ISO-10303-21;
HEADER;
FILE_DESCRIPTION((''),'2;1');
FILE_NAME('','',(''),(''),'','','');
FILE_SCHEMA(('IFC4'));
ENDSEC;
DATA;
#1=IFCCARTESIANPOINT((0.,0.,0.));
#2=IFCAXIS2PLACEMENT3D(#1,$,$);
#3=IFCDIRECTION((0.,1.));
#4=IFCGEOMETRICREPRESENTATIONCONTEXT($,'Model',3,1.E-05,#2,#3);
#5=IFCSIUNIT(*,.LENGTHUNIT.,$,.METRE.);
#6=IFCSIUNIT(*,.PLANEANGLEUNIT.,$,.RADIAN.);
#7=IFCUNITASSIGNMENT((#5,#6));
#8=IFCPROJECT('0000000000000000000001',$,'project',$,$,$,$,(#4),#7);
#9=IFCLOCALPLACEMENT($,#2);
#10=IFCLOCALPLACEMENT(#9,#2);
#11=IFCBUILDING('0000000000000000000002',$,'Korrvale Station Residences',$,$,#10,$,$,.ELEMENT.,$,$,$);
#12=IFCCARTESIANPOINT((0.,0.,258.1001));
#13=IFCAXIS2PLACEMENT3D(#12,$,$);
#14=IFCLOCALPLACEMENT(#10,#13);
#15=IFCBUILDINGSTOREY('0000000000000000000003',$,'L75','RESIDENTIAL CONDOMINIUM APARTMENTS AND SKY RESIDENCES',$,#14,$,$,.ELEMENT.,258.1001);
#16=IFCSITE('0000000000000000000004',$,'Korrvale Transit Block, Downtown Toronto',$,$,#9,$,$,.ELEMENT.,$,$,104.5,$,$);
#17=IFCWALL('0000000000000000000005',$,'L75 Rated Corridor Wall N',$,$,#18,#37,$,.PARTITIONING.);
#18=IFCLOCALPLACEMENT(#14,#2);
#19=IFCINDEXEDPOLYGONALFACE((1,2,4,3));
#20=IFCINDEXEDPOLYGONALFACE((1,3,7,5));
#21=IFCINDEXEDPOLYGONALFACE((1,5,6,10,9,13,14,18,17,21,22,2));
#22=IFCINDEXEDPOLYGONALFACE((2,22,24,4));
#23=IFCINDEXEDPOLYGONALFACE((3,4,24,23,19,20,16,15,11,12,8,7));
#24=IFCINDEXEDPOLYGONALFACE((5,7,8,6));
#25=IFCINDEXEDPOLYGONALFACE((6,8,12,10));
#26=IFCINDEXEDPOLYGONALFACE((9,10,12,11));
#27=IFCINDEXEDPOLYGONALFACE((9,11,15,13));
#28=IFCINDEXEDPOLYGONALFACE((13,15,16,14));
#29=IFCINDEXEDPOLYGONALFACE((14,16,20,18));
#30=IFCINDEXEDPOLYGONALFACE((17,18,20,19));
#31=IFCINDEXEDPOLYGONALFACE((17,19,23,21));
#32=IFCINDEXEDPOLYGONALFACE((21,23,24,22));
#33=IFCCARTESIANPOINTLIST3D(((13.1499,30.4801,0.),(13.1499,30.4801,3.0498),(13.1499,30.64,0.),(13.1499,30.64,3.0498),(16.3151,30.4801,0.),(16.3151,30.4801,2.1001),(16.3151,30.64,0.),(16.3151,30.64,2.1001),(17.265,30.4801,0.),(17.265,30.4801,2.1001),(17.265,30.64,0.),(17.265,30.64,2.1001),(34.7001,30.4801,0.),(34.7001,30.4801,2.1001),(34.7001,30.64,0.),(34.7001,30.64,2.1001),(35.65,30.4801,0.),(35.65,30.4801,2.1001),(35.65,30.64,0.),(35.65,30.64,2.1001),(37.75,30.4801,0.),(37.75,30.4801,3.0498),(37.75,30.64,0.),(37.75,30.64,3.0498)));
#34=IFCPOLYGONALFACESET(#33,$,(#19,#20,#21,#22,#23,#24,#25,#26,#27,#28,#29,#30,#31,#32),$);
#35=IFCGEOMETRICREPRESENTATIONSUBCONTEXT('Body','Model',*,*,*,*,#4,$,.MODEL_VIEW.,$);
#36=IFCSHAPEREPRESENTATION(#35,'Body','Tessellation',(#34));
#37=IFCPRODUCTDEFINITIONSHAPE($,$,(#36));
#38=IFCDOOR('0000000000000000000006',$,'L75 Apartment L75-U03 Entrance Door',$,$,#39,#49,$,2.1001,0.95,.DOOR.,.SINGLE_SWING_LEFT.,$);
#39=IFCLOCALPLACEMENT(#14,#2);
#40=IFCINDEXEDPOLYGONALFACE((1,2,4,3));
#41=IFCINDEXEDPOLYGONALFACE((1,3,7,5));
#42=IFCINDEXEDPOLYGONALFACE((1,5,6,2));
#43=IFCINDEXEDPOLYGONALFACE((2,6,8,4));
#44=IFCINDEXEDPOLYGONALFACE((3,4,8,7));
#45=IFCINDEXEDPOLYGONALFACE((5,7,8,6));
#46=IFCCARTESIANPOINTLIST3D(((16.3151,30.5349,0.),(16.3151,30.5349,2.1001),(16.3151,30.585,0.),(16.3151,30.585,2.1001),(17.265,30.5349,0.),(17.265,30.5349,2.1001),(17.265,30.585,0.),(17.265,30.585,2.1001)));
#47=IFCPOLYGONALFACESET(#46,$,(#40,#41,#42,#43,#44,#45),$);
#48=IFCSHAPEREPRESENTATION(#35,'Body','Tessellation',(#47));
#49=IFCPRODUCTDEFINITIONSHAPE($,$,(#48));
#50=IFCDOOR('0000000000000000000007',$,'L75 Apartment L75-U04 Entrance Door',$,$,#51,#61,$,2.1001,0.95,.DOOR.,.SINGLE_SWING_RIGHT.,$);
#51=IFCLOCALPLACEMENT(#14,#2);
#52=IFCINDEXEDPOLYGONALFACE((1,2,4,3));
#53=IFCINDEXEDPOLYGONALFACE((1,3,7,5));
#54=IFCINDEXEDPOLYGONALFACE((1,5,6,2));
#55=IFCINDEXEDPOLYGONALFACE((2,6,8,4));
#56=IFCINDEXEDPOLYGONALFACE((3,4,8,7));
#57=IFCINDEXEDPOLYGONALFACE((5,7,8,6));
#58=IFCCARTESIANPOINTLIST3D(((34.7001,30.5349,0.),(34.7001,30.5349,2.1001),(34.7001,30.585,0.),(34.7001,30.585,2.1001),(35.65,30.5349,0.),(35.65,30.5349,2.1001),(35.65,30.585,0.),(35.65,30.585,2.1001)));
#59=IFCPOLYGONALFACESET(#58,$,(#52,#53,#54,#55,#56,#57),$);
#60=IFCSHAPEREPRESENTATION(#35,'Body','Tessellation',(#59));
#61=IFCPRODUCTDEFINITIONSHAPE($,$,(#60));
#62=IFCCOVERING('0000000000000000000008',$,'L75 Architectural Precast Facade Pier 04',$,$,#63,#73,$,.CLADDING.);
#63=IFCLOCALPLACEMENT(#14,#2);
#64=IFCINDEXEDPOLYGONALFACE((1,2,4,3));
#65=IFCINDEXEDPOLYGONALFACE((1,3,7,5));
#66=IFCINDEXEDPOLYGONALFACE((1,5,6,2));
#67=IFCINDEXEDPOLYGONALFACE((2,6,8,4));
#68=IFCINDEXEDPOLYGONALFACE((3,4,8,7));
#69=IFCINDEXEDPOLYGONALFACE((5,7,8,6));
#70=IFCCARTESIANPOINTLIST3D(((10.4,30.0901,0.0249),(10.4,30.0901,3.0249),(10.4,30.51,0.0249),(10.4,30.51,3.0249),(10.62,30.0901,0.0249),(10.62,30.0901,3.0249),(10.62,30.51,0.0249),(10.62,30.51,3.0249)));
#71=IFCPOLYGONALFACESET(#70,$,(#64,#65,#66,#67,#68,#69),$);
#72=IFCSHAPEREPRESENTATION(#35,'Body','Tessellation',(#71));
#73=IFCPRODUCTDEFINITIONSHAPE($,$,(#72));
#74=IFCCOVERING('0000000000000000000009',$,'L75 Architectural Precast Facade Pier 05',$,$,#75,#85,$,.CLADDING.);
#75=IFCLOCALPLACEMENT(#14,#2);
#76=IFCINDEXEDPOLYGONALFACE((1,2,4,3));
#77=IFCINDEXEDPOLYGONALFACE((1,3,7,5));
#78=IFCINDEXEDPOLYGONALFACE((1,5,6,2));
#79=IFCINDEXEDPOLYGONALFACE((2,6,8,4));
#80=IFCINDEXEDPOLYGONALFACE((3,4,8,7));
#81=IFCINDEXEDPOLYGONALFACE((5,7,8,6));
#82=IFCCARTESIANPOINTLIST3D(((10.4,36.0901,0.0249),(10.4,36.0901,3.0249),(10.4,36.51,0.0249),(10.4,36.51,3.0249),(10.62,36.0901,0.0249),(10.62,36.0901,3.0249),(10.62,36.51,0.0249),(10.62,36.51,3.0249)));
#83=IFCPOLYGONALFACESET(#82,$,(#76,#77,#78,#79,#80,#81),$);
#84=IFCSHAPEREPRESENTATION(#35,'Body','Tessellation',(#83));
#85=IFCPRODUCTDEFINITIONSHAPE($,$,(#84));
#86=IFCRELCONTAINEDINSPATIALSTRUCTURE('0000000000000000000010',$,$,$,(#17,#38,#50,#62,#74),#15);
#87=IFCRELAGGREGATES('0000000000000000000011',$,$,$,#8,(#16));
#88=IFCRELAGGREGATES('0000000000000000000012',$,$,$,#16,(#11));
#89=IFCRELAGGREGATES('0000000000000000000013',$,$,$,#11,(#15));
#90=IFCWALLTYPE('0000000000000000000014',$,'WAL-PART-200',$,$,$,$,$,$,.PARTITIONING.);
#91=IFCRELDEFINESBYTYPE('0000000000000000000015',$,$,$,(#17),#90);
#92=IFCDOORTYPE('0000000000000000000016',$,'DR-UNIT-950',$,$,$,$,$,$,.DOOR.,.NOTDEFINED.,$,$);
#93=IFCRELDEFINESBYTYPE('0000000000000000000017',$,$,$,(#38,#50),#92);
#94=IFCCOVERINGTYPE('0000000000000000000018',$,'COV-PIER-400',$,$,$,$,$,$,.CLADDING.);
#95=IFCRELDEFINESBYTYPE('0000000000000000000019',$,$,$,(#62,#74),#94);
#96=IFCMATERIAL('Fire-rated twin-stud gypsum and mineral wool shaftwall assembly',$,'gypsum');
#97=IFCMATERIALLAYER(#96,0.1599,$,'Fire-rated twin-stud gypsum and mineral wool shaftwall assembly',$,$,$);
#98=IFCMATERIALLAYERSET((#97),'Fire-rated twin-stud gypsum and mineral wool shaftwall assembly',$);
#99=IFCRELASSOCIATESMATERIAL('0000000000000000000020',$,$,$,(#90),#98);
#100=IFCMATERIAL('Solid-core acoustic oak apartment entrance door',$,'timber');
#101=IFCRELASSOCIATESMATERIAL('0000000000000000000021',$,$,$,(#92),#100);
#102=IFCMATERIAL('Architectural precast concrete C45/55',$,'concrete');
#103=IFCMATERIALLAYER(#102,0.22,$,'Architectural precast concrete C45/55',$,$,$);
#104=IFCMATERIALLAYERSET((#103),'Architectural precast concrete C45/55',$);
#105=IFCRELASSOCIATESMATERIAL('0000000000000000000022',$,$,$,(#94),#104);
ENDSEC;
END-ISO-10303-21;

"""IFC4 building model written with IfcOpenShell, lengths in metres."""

from ifc_helpers import new_model, si_unit, direction, frame, frame_2d, origin, origin_2d, place, context, subcontext, project, spatial, rectangle, extrude, material, layer, layer_set, type_object, element, fill, save


model = new_model("IFC4")

# Units and contexts
model_context = context("Model", 3, precision=1e-05, world=origin(), true_north=direction((0.0, 1.0)))
body_context = subcontext(model_context, "Body", "Model", "MODEL_VIEW")
ifc_project = project(units=[si_unit("LENGTHUNIT", "METRE"), si_unit("PLANEANGLEUNIT", "RADIAN")], contexts=[model_context])

# Site, building, storey
site_placement = place(None, origin())
site = spatial("IfcSite", under=ifc_project, at=site_placement, Name="Korrvale Transit Block, Downtown Toronto", CompositionType="ELEMENT", RefElevation=104.5)
building_placement = place(site_placement, origin())
building = spatial("IfcBuilding", under=site, at=building_placement, Name="Korrvale Station Residences", CompositionType="ELEMENT")
storey_placement = place(building_placement, frame((0.0, 0.0, 258.1001)))
storey = spatial("IfcBuildingStorey", under=building, at=storey_placement, Name="L75", Description="RESIDENTIAL CONDOMINIUM APARTMENTS AND SKY RESIDENCES", CompositionType="ELEMENT", Elevation=258.1001)

# Shared definitions
ifc_material_1 = material(Name="Fire-rated twin-stud gypsum and mineral wool shaftwall assembly", Category="gypsum")
ifc_layer_1 = layer(ifc_material_1, 0.1599, Name="Fire-rated twin-stud gypsum and mineral wool shaftwall assembly")
ifc_layer_set_1 = layer_set([ifc_layer_1], Name="Fire-rated twin-stud gypsum and mineral wool shaftwall assembly")
wall_type_1 = type_object("IfcWallType", Name="WAL-PART-200", PredefinedType="PARTITIONING", material=ifc_layer_set_1)

# Wall, openings, doors
wall_1_placement = place(storey_placement, frame((13.1499, 30.5601, 0.0), z_axis=(0.0, 0.0, 1.0), x_axis=(1.0, 0.0, 0.0)))
wall_1 = element("IfcWall", 1, at=wall_1_placement, inside=storey, type_object=wall_type_1, Name="L75 Rated Corridor Wall N", PredefinedType="PARTITIONING", context=body_context, shape_type="SweptSolid", body=[
    extrude(rectangle(XDim=24.6001, YDim=0.1599, at=frame_2d((12.3, 0.0))), origin(), (0.0, 0.0, 1.0), 3.0498),
])
opening_1_placement = place(wall_1_placement, frame((3.165, 0.0, 0.0)))
opening_1 = element("IfcOpeningElement", 2, at=opening_1_placement, cuts=wall_1, PredefinedType="OPENING", context=body_context, shape_type="SweptSolid", body=[
    extrude(rectangle(XDim=0.95, YDim=2.1001, at=frame_2d((0.4751, 1.05))), frame((0.0, 0.0898, 0.0), z_axis=(0.0, -1.0, 0.0), x_axis=(1.0, 0.0, 0.0)), (0.0, 0.0, 1.0), 0.1799),
])
opening_2_placement = place(wall_1_placement, frame((21.55, 0.0, 0.0)))
opening_2 = element("IfcOpeningElement", 3, at=opening_2_placement, cuts=wall_1, PredefinedType="OPENING", context=body_context, shape_type="SweptSolid", body=[
    extrude(rectangle(XDim=0.95, YDim=2.1001, at=frame_2d((0.4751, 1.05))), frame((0.0, 0.0898, 0.0), z_axis=(0.0, -1.0, 0.0), x_axis=(1.0, 0.0, 0.0)), (0.0, 0.0, 1.0), 0.1799),
])
ifc_material_2 = material(Name="Solid-core acoustic oak apartment entrance door", Category="timber")
door_type_1 = type_object("IfcDoorType", Name="DR-UNIT-950", OperationType="NOTDEFINED", PredefinedType="DOOR", material=ifc_material_2)
door_1_placement = place(opening_1_placement, origin())
door_1 = element("IfcDoor", 4, at=door_1_placement, inside=storey, type_object=door_type_1, Name="L75 Apartment L75-U03 Entrance Door", OperationType="SINGLE_SWING_LEFT", OverallHeight=2.1001, OverallWidth=0.95, PredefinedType="DOOR", context=body_context, shape_type="SweptSolid", body=[
    extrude(rectangle(XDim=0.95, YDim=2.1001, at=frame_2d((0.4751, 1.05))), frame((0.0, 0.0249, 0.0), z_axis=(0.0, -1.0, 0.0), x_axis=(1.0, 0.0, 0.0)), (0.0, 0.0, 1.0), 0.05),
])
fill(opening_1, door_1)
door_2_placement = place(opening_2_placement, origin())
door_2 = element("IfcDoor", 5, at=door_2_placement, inside=storey, type_object=door_type_1, Name="L75 Apartment L75-U04 Entrance Door", OperationType="SINGLE_SWING_RIGHT", OverallHeight=2.1001, OverallWidth=0.95, PredefinedType="DOOR", context=body_context, shape_type="SweptSolid", body=[
    extrude(rectangle(XDim=0.95, YDim=2.1001, at=frame_2d((0.4751, 1.05))), frame((0.0, 0.0249, 0.0), z_axis=(0.0, -1.0, 0.0), x_axis=(1.0, 0.0, 0.0)), (0.0, 0.0, 1.0), 0.05),
])
fill(opening_2, door_2)

# Coverings
ifc_material_3 = material(Name="Architectural precast concrete C45/55", Category="concrete")
ifc_layer_2 = layer(ifc_material_3, 0.22, Name="Architectural precast concrete C45/55")
ifc_layer_set_2 = layer_set([ifc_layer_2], Name="Architectural precast concrete C45/55")
covering_type = type_object("IfcCoveringType", Name="COV-PIER-400", PredefinedType="CLADDING", material=ifc_layer_set_2)
for number, where, z_axis, x_axis, name in (
    (6, (10.51, 30.3, 0.0249), (0.0, 0.0, 1.0), (0.0, 1.0, 0.0), "L75 Architectural Precast Facade Pier 04"),
    (7, (10.51, 36.3, 0.0249), (0.0, 0.0, 1.0), (0.0, 1.0, 0.0), "L75 Architectural Precast Facade Pier 05"),
):
    element("IfcCovering", number, at=place(storey_placement, frame(where, z_axis=z_axis, x_axis=x_axis)), inside=storey, type_object=covering_type, Name=name, PredefinedType="CLADDING", context=body_context, shape_type="SweptSolid", body=[
        extrude(rectangle(XDim=0.4199, YDim=0.22, at=origin_2d()), origin(), (0.0, 0.0, 1.0), 3.0),
    ])

save(model, "model.ifc")
